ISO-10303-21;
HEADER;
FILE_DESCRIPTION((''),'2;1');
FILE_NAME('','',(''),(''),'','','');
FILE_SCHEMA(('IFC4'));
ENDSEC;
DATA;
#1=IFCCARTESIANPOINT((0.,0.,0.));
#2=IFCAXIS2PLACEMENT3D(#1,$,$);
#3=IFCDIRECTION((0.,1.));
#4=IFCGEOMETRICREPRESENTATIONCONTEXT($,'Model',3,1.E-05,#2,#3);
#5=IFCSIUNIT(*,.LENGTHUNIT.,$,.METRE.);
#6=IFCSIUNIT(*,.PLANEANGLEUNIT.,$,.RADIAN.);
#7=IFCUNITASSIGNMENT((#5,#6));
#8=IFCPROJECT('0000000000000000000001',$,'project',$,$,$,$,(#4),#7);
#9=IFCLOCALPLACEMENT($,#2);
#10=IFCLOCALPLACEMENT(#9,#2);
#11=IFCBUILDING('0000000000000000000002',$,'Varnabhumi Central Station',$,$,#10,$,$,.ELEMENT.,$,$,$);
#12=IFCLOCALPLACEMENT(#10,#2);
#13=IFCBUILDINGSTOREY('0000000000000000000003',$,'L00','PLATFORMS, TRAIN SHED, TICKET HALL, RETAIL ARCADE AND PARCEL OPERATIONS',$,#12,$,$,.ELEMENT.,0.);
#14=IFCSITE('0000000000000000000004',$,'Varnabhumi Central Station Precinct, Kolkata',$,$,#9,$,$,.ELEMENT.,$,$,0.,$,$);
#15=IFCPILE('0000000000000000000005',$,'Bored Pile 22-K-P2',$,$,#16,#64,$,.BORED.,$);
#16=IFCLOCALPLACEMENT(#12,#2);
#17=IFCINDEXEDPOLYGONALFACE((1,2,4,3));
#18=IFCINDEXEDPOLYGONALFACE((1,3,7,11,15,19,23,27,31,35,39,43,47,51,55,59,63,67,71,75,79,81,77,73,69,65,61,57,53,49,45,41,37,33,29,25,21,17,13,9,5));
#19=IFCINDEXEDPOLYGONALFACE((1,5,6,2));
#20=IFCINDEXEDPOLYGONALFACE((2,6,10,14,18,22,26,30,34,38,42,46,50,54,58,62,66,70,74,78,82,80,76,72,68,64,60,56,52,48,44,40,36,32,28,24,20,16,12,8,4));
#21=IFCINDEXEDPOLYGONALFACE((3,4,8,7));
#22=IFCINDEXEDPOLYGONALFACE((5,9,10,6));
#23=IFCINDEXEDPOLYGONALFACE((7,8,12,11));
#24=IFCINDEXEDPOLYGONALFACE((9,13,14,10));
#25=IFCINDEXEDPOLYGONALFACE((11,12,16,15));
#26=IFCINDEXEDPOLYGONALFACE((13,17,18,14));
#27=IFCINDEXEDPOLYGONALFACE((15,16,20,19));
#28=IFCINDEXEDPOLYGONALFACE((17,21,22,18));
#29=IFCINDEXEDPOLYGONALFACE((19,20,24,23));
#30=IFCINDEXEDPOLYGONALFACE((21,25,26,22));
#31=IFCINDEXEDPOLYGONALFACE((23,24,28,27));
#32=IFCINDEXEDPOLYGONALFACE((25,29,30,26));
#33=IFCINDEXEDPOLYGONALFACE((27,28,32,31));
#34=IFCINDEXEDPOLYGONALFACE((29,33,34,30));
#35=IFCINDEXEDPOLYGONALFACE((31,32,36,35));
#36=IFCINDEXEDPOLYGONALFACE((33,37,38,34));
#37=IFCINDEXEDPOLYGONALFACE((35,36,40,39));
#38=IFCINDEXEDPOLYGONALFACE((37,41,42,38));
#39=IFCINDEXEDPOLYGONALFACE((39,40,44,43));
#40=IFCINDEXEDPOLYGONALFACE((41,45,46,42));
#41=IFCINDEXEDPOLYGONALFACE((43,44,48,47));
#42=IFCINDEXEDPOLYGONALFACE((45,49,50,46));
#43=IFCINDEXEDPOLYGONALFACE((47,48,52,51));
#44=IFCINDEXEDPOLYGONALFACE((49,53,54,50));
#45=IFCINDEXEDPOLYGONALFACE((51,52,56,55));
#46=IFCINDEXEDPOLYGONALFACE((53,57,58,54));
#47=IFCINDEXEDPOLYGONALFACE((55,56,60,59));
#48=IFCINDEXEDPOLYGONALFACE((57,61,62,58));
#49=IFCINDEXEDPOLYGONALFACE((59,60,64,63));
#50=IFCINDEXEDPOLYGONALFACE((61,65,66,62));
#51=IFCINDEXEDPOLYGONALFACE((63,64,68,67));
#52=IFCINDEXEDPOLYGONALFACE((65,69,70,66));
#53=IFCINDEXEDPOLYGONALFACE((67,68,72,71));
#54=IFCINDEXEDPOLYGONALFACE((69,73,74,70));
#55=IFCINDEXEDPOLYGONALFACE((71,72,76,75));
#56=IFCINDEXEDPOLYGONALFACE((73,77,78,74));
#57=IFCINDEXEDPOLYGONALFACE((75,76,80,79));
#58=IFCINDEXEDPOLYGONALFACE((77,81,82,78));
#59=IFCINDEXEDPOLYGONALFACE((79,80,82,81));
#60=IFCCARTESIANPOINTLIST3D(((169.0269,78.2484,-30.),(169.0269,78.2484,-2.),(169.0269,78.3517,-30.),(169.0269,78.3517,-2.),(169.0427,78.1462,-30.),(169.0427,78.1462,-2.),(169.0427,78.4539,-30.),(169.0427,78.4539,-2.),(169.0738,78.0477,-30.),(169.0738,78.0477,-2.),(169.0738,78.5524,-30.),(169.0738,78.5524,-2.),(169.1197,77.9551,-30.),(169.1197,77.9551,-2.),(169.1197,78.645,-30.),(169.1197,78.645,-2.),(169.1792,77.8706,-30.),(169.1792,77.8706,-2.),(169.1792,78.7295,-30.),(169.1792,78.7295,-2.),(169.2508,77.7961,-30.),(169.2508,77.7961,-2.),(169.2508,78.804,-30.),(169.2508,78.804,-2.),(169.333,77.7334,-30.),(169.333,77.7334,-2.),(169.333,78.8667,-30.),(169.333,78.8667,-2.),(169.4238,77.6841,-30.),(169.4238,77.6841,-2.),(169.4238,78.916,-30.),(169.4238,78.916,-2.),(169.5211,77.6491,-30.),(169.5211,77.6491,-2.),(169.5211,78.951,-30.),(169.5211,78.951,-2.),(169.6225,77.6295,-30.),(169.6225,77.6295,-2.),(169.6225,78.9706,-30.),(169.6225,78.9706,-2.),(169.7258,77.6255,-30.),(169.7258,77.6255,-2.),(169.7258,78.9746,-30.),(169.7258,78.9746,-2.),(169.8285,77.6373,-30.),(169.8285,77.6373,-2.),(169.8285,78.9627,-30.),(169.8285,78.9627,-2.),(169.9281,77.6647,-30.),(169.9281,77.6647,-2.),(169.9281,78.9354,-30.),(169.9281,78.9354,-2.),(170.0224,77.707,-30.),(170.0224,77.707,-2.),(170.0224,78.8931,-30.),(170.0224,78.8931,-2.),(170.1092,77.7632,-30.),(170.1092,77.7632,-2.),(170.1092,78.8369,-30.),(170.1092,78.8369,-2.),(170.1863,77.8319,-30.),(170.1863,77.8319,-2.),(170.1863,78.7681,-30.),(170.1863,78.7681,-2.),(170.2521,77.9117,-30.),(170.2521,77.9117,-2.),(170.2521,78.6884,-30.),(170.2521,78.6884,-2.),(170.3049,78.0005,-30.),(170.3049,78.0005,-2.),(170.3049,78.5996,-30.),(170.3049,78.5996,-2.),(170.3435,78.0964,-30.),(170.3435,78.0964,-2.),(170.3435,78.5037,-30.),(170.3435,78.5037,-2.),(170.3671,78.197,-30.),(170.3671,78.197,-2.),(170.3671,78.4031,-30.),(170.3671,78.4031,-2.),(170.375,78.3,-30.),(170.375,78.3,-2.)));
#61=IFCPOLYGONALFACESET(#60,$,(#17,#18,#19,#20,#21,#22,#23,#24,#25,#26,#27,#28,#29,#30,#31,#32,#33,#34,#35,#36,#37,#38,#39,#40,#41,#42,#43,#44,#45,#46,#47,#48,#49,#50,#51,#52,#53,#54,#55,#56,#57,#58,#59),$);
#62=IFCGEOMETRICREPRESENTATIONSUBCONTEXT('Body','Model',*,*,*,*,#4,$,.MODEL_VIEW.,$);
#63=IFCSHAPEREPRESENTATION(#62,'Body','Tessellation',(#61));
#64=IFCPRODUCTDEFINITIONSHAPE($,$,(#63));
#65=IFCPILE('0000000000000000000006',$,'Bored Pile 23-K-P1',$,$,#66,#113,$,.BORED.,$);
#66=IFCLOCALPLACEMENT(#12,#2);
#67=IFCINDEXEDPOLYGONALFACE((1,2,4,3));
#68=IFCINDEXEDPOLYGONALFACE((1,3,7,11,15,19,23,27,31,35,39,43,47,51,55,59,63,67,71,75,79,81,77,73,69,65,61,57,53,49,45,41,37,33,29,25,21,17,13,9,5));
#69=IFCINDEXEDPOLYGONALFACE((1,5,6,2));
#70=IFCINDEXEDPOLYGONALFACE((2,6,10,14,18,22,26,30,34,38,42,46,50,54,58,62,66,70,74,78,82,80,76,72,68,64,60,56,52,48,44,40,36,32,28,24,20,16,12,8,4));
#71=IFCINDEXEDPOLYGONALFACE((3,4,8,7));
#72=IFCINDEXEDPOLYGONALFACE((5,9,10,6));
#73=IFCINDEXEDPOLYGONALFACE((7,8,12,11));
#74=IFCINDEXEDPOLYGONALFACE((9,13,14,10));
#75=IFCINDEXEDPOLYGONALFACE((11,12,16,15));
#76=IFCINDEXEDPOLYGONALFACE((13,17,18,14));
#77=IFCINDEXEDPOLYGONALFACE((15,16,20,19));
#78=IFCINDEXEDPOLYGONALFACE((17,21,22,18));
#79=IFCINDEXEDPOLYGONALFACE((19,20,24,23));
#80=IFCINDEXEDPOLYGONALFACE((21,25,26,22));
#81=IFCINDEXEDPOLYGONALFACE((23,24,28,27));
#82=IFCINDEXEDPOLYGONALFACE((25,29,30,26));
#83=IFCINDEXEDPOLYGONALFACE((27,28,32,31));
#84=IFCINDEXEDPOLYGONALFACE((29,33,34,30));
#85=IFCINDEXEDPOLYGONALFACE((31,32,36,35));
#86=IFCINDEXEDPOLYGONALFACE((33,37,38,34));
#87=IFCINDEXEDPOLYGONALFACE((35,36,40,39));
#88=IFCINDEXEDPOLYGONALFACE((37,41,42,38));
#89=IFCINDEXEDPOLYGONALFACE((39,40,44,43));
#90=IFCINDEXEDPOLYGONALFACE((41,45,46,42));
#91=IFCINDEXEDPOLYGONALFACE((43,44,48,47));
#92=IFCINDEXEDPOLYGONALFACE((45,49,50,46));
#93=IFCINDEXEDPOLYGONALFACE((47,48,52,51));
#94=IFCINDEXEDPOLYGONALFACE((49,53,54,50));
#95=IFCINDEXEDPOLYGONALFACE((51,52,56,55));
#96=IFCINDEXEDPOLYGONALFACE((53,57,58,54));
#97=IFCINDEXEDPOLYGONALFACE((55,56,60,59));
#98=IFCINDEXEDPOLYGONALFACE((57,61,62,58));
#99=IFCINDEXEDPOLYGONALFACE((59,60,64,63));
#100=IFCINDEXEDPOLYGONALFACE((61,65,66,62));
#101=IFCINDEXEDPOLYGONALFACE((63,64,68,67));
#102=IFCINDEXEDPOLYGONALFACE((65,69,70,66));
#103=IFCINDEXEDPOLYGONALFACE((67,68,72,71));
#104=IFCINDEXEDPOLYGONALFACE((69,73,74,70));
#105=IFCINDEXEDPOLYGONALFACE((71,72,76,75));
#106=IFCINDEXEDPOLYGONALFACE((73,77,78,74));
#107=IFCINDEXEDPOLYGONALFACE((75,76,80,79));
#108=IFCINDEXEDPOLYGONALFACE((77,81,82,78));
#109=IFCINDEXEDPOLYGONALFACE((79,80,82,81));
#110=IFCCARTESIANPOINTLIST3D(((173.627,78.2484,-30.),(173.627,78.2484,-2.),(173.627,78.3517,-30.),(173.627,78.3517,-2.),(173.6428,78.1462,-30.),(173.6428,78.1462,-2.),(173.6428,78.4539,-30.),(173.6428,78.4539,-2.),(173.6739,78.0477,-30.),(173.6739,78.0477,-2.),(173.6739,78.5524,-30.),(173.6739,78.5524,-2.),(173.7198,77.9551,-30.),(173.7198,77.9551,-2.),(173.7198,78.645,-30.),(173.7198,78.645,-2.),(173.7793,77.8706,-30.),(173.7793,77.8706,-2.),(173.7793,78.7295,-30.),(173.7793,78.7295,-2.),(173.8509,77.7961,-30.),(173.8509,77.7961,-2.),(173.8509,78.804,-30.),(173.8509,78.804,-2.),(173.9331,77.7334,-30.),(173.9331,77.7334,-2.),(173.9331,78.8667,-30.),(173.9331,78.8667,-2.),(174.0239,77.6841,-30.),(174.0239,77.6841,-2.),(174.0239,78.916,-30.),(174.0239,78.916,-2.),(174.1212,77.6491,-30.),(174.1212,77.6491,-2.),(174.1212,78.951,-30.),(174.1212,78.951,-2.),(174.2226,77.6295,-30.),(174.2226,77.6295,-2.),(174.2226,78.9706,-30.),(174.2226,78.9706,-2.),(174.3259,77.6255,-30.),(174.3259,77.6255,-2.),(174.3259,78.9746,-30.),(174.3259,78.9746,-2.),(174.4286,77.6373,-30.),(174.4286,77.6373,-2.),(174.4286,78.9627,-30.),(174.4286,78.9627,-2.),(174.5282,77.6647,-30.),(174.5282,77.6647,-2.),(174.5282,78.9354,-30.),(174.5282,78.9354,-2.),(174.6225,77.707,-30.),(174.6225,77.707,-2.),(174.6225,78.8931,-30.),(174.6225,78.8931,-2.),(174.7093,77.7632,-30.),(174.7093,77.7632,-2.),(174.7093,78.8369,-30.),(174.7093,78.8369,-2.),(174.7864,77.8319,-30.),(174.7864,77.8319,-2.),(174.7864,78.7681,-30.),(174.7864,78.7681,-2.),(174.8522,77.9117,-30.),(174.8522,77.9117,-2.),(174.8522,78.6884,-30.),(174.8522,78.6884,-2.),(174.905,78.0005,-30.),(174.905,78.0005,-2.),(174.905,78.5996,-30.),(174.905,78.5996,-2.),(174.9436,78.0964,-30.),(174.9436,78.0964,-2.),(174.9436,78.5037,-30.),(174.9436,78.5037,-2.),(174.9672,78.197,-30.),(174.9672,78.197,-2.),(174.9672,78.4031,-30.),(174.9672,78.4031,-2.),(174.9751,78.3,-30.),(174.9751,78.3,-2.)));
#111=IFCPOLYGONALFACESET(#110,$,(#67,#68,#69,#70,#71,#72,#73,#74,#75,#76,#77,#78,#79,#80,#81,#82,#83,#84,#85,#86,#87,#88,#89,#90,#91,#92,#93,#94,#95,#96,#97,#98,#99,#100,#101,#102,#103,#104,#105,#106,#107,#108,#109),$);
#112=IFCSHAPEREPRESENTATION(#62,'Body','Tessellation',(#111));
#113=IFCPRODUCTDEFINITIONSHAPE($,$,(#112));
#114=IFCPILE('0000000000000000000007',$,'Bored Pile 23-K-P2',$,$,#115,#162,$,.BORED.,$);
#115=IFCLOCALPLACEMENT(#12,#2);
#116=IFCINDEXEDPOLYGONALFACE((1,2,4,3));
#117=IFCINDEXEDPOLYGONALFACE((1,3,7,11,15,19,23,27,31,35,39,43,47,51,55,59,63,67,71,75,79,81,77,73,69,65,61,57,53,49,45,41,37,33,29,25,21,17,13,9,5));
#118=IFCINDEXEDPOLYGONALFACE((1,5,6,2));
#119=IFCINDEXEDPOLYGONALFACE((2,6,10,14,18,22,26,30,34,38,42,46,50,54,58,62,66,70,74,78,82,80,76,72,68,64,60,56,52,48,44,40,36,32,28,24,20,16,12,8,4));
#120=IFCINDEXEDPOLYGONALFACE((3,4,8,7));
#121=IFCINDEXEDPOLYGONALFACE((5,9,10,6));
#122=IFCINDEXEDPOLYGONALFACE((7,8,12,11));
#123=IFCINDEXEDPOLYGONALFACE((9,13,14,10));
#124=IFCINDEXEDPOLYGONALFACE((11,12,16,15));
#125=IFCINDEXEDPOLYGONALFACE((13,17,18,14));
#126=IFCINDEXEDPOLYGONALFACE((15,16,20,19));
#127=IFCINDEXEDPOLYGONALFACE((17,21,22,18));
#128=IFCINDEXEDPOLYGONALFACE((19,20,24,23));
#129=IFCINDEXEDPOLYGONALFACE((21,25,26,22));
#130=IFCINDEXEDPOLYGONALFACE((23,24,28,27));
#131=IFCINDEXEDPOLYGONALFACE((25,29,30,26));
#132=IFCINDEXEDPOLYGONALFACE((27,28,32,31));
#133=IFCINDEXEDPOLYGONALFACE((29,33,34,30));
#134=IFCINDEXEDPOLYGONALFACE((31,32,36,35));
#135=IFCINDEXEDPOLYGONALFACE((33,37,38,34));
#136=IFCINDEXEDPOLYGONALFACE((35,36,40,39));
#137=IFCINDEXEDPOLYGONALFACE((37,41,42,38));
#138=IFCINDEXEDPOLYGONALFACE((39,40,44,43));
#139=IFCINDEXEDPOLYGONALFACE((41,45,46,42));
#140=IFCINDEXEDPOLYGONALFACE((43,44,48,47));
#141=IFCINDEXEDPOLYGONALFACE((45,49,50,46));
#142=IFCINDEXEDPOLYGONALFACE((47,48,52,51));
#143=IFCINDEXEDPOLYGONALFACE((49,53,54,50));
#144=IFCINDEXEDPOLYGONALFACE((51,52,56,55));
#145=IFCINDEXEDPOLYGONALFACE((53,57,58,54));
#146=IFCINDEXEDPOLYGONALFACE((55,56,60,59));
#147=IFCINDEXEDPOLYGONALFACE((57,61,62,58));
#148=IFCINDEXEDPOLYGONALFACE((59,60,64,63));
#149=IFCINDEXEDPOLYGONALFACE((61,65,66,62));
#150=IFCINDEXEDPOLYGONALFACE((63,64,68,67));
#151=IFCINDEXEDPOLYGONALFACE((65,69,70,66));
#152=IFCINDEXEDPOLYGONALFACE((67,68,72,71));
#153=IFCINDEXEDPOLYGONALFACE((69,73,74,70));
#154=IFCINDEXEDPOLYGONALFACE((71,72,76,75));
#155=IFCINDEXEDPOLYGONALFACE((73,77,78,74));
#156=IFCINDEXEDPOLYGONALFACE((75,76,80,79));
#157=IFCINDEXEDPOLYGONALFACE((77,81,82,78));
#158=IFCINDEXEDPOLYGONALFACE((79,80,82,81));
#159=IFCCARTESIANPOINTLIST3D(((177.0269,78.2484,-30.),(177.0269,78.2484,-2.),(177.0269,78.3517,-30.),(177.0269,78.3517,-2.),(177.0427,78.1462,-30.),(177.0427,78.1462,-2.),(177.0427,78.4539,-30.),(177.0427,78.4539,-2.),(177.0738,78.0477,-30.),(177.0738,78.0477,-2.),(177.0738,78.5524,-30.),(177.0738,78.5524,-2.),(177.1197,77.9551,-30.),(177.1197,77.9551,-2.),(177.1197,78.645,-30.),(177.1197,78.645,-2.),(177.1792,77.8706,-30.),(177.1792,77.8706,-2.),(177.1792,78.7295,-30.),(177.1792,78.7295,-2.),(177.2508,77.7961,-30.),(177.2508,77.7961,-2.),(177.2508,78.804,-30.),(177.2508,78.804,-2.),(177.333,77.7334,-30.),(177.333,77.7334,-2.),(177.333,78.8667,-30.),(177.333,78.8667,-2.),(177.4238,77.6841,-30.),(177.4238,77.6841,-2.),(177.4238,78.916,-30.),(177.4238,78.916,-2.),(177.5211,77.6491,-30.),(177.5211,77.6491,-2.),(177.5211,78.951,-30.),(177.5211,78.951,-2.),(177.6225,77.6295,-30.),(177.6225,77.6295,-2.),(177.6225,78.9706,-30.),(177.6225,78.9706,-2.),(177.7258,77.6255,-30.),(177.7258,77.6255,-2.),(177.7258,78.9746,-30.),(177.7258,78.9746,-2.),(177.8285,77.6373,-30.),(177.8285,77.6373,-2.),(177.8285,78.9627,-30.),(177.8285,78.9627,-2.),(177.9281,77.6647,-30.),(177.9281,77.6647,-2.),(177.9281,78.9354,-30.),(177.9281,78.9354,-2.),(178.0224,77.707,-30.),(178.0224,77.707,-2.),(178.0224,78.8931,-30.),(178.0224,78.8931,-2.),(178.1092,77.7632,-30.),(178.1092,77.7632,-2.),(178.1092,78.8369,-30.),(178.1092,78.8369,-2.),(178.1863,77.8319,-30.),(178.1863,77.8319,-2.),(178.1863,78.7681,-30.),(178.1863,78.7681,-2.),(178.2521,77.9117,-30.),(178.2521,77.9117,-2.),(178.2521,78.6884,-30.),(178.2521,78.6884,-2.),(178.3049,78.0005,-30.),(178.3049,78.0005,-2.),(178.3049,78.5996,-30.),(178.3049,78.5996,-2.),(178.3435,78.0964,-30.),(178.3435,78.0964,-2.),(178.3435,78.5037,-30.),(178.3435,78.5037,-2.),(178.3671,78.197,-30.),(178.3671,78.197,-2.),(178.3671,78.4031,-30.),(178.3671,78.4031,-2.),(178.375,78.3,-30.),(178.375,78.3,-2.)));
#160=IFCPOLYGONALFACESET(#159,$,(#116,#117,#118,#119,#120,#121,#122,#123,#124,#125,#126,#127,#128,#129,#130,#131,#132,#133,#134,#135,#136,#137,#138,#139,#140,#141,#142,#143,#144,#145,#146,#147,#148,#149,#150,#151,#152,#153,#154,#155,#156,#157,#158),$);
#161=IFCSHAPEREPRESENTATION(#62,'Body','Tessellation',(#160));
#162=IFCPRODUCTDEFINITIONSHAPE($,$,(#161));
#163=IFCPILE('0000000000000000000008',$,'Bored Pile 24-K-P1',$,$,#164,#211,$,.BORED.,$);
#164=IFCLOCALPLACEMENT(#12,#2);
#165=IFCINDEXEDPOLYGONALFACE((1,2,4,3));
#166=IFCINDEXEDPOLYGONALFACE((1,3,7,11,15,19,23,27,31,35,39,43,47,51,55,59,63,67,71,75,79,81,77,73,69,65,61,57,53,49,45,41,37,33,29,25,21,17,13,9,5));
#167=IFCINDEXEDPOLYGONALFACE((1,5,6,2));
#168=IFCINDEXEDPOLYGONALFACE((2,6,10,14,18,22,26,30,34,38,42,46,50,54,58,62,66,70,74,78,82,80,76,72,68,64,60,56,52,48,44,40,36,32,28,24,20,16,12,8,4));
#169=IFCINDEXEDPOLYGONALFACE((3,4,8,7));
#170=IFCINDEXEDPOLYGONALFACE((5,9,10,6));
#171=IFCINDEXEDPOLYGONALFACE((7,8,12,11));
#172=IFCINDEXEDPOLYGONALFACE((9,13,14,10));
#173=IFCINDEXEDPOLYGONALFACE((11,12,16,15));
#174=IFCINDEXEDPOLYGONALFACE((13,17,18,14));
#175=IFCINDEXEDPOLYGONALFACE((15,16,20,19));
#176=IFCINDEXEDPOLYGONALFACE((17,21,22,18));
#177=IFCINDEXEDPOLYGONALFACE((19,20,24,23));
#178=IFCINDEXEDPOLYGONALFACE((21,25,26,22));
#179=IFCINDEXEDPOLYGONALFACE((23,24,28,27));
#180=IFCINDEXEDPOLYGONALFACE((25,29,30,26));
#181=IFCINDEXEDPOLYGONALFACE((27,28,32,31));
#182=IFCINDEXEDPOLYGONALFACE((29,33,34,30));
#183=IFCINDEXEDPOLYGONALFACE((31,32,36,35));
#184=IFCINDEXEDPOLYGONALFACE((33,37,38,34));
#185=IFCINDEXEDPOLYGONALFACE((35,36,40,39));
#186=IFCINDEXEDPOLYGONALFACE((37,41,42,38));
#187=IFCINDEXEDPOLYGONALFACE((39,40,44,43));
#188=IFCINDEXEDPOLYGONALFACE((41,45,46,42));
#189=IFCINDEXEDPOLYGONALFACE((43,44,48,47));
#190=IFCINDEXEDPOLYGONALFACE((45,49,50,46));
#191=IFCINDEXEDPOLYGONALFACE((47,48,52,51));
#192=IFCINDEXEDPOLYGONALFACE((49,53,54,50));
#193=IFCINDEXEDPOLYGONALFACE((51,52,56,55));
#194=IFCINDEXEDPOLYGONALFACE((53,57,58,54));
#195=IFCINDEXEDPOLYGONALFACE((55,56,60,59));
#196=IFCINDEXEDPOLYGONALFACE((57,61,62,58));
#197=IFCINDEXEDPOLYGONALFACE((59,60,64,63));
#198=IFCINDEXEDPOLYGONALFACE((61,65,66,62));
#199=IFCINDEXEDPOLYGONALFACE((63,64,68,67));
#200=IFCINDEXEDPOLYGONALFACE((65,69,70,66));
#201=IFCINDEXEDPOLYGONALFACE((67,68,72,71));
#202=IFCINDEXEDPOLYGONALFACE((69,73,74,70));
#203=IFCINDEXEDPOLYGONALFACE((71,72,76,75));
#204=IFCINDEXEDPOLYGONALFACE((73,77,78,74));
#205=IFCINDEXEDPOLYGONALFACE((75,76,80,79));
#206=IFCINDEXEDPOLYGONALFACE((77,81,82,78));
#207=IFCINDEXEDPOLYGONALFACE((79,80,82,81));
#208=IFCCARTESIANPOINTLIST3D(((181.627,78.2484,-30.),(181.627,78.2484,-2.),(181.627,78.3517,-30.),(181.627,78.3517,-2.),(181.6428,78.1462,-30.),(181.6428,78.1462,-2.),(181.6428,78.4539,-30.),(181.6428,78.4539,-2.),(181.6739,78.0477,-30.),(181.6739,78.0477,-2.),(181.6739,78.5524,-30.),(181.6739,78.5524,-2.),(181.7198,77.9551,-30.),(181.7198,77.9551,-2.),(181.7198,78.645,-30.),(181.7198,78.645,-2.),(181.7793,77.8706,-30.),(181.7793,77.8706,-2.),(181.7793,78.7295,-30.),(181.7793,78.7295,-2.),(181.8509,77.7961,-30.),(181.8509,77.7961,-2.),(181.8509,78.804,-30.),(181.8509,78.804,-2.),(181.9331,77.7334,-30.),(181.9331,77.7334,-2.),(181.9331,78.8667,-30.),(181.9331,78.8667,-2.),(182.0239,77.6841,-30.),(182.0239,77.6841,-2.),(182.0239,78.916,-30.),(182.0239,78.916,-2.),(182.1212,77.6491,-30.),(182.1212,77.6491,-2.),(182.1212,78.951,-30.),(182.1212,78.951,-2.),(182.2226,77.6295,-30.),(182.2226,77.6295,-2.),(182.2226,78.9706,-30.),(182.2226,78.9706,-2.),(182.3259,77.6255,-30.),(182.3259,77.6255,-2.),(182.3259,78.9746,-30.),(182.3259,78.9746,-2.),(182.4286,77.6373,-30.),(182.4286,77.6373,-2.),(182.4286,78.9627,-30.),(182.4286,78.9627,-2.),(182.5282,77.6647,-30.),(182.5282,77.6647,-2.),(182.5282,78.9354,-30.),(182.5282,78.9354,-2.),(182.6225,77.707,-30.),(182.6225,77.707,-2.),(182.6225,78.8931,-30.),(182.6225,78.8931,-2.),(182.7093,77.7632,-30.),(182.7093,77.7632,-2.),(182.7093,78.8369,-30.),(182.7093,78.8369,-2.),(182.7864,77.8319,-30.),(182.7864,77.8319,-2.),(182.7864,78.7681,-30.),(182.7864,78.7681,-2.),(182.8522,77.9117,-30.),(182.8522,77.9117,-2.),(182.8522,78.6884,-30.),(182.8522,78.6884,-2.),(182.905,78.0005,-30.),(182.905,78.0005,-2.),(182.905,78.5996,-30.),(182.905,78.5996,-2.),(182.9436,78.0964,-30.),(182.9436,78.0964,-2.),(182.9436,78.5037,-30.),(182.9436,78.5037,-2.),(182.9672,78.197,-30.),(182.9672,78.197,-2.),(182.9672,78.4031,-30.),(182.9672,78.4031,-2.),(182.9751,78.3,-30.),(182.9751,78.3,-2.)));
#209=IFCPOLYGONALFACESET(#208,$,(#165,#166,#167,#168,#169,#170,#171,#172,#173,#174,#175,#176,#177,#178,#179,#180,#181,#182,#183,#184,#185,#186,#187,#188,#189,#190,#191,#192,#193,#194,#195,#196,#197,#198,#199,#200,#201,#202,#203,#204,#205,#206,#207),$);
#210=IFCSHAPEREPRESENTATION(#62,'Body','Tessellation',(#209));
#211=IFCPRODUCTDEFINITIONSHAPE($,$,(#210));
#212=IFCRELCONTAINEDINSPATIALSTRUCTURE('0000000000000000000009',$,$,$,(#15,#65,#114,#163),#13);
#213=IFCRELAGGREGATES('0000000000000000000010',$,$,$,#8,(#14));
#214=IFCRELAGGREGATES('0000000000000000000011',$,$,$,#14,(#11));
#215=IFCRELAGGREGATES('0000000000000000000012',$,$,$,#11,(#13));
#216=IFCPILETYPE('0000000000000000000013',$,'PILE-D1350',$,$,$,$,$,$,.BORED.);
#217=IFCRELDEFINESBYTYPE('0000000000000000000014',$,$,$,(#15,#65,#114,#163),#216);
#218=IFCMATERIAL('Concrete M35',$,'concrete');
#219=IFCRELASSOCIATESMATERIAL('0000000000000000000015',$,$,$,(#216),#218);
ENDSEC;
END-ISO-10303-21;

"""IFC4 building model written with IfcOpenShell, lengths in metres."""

from ifc_helpers import new_model, si_unit, direction, frame, origin, origin_2d, place, context, subcontext, project, spatial, circle, extrude, material, material_profile, profile_set, type_object, element, save


model = new_model("IFC4")

# Units and contexts
model_context = context("Model", 3, precision=1e-05, world=origin(), true_north=direction((0.0, 1.0)))
body_context = subcontext(model_context, "Body", "Model", "MODEL_VIEW")
ifc_project = project(units=[si_unit("LENGTHUNIT", "METRE"), si_unit("PLANEANGLEUNIT", "RADIAN")], contexts=[model_context])

# Site, building, storey
site_placement = place(None, origin())
site = spatial("IfcSite", under=ifc_project, at=site_placement, Name="Varnabhumi Central Station Precinct, Kolkata", CompositionType="ELEMENT", RefElevation=0.0)
building_placement = place(site_placement, origin())
building = spatial("IfcBuilding", under=site, at=building_placement, Name="Varnabhumi Central Station", CompositionType="ELEMENT")
storey_placement = place(building_placement, origin())
storey = spatial("IfcBuildingStorey", under=building, at=storey_placement, Name="L00", Description="PLATFORMS, TRAIN SHED, TICKET HALL, RETAIL ARCADE AND PARCEL OPERATIONS", CompositionType="ELEMENT", Elevation=0.0)

# Piles
ifc_material_1 = material(Name="Concrete M35", Category="concrete")
ifc_material_profile_1 = material_profile(ifc_material_1, circle(Radius=0.675, at=origin_2d()), Name="Concrete M35", Category="concrete")
ifc_profile_set_1 = profile_set([ifc_material_profile_1], Name="Concrete M35")
pile_type = type_object("IfcPileType", Name="PILE-D1350", PredefinedType="BORED", material=ifc_profile_set_1)
for number, where, z_axis, x_axis, name in (
    (1, (169.7, 78.3, -2.0), (0.0, 0.0, -1.0), (1.0, 0.0, 0.0), "Bored Pile 22-K-P2"),
    (2, (174.3, 78.3, -2.0), (0.0, 0.0, -1.0), (1.0, 0.0, 0.0), "Bored Pile 23-K-P1"),
    (3, (177.7, 78.3, -2.0), (0.0, 0.0, -1.0), (1.0, 0.0, 0.0), "Bored Pile 23-K-P2"),
    (4, (182.3, 78.3, -2.0), (0.0, 0.0, -1.0), (1.0, 0.0, 0.0), "Bored Pile 24-K-P1"),
):
    element("IfcPile", number, at=place(storey_placement, frame(where, z_axis=z_axis, x_axis=x_axis)), inside=storey, type_object=pile_type, Name=name, PredefinedType="BORED", context=body_context, shape_type="SweptSolid", body=[
        extrude(circle(Radius=0.675, at=origin_2d()), origin(), (0.0, 0.0, 1.0), 28.0),
    ])

save(model, "model.ifc")
